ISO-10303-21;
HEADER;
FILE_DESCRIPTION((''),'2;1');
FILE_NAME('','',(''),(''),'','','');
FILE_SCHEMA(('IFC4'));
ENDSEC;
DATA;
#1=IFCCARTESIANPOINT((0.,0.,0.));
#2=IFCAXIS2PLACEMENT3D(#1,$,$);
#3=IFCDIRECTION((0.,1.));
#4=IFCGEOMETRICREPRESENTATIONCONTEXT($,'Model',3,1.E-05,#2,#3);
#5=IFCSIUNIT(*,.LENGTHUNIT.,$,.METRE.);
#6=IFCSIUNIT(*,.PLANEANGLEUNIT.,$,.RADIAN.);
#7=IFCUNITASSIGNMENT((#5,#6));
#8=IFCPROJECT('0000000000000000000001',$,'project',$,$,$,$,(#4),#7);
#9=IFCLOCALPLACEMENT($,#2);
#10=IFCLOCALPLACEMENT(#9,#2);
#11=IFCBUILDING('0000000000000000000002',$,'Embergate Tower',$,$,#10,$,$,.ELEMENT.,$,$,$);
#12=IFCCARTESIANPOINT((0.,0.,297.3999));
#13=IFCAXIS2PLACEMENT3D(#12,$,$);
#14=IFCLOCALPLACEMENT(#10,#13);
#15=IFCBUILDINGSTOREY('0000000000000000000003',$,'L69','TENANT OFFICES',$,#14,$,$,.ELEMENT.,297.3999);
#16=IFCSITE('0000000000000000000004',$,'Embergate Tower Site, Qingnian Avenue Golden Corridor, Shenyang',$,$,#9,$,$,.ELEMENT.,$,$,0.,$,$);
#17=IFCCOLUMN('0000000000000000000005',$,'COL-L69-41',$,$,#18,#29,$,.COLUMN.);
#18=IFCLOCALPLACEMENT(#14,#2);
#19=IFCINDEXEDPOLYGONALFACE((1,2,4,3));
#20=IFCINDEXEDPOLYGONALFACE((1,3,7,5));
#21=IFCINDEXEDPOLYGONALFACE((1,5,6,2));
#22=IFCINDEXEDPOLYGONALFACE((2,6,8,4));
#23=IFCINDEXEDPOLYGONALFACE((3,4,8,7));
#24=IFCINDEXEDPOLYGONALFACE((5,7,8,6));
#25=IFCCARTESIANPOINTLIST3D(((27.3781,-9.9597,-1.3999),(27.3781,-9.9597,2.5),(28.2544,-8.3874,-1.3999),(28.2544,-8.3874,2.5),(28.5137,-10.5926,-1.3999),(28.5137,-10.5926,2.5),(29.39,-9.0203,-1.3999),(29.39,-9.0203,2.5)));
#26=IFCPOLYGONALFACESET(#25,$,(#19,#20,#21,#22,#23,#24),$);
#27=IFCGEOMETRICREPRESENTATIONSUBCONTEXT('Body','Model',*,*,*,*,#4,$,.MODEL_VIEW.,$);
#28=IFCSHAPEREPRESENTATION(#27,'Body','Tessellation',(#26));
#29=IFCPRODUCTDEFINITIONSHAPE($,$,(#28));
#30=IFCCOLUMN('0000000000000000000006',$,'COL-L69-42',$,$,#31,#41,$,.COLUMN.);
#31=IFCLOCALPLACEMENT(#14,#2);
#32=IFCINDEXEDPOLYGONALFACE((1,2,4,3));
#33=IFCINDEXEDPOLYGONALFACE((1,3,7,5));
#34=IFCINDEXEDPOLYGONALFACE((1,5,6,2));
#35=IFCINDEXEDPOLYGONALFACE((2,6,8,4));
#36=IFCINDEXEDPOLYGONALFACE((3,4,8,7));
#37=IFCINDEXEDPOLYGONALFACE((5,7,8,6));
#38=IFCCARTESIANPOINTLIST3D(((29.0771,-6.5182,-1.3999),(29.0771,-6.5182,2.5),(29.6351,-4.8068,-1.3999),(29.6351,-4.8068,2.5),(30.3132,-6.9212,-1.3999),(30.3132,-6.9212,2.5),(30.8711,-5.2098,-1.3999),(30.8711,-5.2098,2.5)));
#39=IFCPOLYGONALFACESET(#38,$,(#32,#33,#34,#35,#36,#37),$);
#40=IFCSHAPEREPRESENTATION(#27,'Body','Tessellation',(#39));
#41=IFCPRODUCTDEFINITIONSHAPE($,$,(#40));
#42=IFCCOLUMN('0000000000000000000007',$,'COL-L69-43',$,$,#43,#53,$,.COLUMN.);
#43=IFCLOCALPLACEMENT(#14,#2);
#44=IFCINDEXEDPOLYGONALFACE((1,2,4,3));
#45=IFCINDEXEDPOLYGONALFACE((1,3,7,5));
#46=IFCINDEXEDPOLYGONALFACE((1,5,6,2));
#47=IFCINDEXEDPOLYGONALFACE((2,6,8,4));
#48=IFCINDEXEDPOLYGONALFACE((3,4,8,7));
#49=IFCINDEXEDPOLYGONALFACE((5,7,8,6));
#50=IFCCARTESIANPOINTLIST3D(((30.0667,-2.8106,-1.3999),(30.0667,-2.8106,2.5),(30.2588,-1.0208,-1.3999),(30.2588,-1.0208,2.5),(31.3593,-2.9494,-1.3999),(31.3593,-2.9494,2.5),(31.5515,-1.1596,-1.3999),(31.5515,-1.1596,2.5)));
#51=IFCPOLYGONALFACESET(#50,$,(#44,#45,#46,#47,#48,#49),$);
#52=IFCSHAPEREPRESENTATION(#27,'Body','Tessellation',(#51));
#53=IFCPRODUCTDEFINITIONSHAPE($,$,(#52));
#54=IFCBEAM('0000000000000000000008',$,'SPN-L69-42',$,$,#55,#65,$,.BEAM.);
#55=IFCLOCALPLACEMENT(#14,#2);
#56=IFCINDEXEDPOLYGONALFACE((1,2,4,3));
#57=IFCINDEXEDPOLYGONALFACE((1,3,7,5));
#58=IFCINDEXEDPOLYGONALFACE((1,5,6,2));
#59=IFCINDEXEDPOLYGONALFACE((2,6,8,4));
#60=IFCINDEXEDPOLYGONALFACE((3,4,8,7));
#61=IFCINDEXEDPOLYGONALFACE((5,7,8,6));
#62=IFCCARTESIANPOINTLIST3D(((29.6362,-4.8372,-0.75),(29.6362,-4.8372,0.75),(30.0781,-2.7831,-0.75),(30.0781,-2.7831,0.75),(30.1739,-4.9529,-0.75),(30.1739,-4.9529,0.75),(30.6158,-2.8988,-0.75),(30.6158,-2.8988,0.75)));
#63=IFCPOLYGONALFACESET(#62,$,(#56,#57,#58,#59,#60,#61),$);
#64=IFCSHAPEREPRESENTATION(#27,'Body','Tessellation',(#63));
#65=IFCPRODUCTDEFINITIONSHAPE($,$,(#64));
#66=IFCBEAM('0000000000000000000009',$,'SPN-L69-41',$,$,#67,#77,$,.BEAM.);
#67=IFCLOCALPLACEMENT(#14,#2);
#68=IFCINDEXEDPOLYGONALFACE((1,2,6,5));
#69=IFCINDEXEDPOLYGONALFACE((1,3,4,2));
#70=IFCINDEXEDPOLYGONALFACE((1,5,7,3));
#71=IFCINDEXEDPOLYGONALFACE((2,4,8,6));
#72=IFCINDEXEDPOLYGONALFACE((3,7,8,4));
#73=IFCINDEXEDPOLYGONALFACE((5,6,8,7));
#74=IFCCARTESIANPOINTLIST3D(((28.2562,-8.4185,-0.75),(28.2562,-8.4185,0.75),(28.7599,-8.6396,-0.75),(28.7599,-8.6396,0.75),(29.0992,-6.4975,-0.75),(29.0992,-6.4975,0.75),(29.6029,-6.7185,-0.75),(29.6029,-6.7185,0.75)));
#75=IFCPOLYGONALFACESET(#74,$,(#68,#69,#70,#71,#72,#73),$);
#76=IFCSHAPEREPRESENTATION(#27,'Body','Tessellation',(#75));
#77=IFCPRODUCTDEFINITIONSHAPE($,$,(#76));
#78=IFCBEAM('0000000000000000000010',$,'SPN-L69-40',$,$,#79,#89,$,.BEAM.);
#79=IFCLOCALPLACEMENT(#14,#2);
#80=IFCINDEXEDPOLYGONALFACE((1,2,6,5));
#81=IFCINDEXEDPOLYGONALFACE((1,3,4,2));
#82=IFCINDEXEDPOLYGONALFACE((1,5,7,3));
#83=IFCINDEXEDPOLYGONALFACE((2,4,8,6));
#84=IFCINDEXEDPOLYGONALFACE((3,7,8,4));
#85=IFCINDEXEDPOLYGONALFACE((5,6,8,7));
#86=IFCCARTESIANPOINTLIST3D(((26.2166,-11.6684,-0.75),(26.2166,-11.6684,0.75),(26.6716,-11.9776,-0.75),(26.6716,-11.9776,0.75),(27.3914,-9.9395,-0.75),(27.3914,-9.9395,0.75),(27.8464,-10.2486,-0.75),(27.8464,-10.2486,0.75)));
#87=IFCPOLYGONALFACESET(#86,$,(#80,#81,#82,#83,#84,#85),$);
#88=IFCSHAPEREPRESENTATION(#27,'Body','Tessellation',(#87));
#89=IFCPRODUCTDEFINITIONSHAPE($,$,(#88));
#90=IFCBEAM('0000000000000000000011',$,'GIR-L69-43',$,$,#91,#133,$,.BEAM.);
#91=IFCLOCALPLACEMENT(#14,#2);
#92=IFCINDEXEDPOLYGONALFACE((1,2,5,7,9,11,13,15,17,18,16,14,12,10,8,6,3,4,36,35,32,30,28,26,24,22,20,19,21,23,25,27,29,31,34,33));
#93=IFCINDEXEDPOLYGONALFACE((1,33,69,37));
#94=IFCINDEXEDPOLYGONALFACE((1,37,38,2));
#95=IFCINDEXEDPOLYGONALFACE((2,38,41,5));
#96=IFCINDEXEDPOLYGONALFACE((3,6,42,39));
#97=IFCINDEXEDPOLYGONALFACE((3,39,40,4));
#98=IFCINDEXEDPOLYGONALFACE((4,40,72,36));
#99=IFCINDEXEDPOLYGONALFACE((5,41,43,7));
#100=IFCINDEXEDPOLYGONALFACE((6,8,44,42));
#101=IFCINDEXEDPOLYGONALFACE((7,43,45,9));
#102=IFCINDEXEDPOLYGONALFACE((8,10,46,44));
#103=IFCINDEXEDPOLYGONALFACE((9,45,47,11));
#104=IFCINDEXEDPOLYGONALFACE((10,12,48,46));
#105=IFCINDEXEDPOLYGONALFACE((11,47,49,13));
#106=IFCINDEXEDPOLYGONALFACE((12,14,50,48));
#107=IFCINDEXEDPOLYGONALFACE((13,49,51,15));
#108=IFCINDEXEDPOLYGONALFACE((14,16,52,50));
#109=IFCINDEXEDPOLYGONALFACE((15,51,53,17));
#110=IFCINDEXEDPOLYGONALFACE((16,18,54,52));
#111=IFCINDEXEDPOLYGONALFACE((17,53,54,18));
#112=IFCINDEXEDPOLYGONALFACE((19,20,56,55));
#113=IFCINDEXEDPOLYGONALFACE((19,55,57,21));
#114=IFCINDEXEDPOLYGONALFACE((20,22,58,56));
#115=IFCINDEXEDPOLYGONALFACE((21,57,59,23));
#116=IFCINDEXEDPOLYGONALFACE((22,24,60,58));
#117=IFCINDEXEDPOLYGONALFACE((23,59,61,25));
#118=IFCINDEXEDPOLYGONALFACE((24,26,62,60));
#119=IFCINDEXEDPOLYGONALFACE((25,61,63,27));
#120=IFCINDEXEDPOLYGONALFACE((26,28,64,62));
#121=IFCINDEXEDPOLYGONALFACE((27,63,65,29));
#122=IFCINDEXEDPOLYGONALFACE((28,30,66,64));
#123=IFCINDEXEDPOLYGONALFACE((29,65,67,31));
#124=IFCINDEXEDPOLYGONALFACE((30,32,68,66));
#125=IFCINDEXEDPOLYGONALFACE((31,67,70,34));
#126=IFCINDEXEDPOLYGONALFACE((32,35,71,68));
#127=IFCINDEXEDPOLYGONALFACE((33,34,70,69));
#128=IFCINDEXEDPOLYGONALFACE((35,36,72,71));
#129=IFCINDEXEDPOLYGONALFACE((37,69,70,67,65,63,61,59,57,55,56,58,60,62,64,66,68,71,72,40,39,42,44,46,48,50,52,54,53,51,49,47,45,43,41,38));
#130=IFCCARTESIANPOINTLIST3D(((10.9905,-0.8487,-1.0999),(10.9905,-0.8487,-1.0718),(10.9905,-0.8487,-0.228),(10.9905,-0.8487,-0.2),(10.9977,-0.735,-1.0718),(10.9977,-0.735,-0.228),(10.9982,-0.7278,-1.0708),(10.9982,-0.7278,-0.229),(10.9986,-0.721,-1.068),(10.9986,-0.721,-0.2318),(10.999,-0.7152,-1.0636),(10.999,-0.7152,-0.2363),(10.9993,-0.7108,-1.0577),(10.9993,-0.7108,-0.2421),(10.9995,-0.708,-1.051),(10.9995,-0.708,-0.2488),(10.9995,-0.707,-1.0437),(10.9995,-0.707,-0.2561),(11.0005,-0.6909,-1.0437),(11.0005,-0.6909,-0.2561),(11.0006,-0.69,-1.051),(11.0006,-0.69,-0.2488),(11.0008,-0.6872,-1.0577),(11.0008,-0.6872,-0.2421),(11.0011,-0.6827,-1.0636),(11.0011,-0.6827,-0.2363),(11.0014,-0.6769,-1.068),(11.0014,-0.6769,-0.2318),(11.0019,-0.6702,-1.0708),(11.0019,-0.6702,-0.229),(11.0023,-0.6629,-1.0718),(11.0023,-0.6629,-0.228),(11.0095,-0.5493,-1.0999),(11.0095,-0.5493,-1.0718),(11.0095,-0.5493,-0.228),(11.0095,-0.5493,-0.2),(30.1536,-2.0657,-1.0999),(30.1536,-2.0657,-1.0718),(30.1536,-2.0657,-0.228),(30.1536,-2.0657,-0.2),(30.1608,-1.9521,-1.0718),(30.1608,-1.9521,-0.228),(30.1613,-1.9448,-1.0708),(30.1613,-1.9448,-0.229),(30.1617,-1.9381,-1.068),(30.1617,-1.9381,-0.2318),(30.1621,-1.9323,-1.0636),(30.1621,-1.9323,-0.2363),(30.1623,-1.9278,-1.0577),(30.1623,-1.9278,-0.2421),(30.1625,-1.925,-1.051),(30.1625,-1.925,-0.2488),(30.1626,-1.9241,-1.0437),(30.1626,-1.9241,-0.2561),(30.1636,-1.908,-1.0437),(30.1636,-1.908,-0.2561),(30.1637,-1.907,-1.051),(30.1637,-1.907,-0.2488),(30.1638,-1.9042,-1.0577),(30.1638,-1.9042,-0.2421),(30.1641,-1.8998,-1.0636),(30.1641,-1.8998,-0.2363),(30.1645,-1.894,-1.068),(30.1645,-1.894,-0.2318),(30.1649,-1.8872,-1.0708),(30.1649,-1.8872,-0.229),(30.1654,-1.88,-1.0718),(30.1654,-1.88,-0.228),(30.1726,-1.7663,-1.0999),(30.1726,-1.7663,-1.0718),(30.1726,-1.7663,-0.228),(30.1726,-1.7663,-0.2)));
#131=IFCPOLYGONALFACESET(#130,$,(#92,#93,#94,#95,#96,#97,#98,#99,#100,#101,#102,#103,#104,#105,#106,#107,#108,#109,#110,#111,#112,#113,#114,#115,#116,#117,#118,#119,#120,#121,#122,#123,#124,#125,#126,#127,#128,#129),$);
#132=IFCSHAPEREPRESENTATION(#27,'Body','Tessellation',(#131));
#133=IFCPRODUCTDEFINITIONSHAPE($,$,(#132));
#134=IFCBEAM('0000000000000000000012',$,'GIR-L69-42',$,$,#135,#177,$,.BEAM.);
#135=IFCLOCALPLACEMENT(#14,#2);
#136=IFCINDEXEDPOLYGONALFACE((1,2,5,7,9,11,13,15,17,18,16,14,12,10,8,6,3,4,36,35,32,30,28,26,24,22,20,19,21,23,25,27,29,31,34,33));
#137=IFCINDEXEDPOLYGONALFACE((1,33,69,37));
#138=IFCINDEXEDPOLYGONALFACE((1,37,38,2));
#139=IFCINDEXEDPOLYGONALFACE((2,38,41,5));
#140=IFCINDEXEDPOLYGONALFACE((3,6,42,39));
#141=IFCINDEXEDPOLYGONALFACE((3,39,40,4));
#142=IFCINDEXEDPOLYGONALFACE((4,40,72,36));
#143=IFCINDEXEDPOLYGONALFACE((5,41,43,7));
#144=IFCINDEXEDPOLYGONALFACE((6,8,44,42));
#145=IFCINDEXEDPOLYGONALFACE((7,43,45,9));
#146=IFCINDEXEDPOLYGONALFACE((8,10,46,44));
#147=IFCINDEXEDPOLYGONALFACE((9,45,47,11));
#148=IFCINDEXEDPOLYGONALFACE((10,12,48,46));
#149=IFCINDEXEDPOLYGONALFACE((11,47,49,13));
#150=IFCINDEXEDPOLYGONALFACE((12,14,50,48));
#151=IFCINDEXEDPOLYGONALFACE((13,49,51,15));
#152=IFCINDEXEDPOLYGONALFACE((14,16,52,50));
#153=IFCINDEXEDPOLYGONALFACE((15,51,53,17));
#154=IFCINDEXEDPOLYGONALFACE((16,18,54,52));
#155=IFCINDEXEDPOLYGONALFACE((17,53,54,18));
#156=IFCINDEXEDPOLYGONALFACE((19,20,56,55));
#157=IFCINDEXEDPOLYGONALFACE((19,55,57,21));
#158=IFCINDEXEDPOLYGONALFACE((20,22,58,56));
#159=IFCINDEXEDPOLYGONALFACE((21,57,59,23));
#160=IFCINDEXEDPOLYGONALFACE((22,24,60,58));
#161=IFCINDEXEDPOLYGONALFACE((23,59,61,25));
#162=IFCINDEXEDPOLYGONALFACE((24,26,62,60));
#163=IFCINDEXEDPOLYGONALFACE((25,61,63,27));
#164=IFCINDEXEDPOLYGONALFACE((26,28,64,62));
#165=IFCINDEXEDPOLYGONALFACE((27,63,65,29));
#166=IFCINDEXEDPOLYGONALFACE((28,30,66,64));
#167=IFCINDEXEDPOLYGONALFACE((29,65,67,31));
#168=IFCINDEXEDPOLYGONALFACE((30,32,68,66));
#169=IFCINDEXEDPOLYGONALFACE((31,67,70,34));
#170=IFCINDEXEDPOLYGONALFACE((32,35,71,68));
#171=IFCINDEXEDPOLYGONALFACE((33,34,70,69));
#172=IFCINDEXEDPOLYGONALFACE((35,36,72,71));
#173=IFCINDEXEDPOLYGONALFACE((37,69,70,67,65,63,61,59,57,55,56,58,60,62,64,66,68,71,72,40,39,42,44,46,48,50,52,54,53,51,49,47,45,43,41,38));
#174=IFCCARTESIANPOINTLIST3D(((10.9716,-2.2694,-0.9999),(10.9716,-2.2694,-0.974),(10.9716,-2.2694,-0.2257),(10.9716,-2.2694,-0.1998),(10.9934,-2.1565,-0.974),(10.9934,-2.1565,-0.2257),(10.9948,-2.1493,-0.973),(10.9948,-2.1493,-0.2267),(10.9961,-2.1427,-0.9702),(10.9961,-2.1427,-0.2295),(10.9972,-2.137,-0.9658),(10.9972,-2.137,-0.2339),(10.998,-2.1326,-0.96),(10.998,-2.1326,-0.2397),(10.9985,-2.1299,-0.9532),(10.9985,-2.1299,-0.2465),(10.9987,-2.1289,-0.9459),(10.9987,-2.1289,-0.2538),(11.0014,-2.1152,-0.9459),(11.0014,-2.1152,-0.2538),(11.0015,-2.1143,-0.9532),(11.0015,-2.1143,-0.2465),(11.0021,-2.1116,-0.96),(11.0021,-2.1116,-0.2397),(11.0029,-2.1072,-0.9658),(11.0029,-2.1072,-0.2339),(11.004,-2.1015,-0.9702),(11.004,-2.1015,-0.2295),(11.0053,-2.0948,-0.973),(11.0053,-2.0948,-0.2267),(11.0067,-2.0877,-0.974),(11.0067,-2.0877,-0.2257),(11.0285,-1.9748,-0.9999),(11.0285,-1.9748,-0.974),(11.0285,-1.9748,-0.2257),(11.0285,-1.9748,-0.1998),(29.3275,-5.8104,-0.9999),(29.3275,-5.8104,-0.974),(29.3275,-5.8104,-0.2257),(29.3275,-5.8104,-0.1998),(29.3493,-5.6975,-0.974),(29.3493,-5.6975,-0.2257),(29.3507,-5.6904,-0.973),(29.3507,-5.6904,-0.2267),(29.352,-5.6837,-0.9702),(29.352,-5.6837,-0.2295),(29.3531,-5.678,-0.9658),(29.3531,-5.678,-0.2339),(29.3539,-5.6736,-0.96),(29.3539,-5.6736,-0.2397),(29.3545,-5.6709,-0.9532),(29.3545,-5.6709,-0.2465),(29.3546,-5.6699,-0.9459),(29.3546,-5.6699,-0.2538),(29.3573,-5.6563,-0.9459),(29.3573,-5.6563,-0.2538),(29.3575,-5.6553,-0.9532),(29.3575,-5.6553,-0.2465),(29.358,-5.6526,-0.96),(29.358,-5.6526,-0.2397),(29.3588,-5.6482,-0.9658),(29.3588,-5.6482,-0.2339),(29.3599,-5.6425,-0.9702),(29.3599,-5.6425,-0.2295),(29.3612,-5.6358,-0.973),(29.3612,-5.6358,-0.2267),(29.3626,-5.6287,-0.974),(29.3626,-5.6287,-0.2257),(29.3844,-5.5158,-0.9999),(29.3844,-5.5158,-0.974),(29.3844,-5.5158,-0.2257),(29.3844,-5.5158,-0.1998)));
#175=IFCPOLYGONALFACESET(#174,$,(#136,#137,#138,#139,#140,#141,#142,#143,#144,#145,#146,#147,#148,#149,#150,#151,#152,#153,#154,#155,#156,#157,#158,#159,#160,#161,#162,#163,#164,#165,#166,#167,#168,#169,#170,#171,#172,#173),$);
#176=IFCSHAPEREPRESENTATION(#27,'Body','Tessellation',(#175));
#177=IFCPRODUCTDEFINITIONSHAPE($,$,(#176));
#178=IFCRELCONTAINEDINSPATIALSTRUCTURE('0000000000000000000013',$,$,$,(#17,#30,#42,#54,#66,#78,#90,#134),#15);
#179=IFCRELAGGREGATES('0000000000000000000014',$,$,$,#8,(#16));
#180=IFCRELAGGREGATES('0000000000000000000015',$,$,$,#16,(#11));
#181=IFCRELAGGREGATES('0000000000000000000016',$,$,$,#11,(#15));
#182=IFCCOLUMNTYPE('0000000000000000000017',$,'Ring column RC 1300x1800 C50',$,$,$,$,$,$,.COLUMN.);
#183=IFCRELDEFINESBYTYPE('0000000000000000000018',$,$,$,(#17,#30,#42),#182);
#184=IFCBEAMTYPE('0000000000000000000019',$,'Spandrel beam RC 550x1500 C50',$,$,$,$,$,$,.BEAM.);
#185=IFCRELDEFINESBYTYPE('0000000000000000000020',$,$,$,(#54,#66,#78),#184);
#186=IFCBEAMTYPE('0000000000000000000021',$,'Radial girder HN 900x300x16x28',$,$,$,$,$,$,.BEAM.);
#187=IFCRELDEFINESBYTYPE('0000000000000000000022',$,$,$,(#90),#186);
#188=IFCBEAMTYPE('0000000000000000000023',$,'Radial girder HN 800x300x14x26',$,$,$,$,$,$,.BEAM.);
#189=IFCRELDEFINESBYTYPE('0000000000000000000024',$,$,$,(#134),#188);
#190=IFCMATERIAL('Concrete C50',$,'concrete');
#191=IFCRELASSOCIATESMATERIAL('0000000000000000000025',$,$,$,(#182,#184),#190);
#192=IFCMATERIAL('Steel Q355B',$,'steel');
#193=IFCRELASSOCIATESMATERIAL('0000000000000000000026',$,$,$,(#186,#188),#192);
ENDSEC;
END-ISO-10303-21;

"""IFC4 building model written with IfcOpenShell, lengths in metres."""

from ifc_helpers import new_model, si_unit, direction, frame, origin, origin_2d, place, context, subcontext, project, spatial, rectangle, i_section, extrude, source, transform, mapped, material, material_profile, profile_set, type_object, element, save


model = new_model("IFC4")

# Units and contexts
model_context = context("Model", 3, precision=1e-05, world=origin(), true_north=direction((0.0, 1.0)))
body_context = subcontext(model_context, "Body", "Model", "MODEL_VIEW")
ifc_project = project(units=[si_unit("LENGTHUNIT", "METRE"), si_unit("PLANEANGLEUNIT", "RADIAN")], contexts=[model_context])

# Site, building, storey
site_placement = place(None, origin())
site = spatial("IfcSite", under=ifc_project, at=site_placement, Name="Embergate Tower Site, Qingnian Avenue Golden Corridor, Shenyang", CompositionType="ELEMENT", RefElevation=0.0)
building_placement = place(site_placement, origin())
building = spatial("IfcBuilding", under=site, at=building_placement, Name="Embergate Tower", CompositionType="ELEMENT")
storey_placement = place(building_placement, frame((0.0, 0.0, 297.3999)))
storey = spatial("IfcBuildingStorey", under=building, at=storey_placement, Name="L69", Description="TENANT OFFICES", CompositionType="ELEMENT", Elevation=297.3999)

# Columns
ifc_material_1 = material(Name="Concrete C50", Category="concrete")
ifc_material_profile_1 = material_profile(ifc_material_1, rectangle(XDim=1.3, YDim=1.8, at=origin_2d()), Name="RC 1300x1800")
ifc_profile_set_1 = profile_set([ifc_material_profile_1], Name="Concrete C50")
column_type = type_object("IfcColumnType", Name="Ring column RC 1300x1800 C50", PredefinedType="COLUMN", material=ifc_profile_set_1)
shared_shape_1 = source(origin(), body_context, "Body", "SweptSolid", [
    extrude(rectangle(XDim=1.3, YDim=1.8, at=origin_2d()), origin(), (0.0, 0.0, 1.0), 3.8999),
])
for number, where, z_axis, x_axis, name in (
    (1, (28.384, -9.49, -1.3999), (0.0, 0.0, 1.0), (0.8735, -0.486823, 0.0), "COL-L69-41"),
    (2, (29.9741, -5.864, -1.3999), (0.0, 0.0, 1.0), (0.950754, -0.309946, 0.0), "COL-L69-42"),
    (3, (30.8091, -1.9851, -1.3999), (0.0, 0.0, 1.0), (0.994286, -0.10675, 0.0), "COL-L69-43"),
):
    element("IfcColumn", number, at=place(storey_placement, frame(where, z_axis=z_axis, x_axis=x_axis)), inside=storey, type_object=column_type, Name=name, PredefinedType="COLUMN", context=body_context, shape_type="MappedRepresentation", body=[
        mapped(shared_shape_1, transform((0.0, 0.0, 0.0))),
    ])

# Beams
ifc_material_profile_2 = material_profile(ifc_material_1, rectangle(XDim=0.55, YDim=1.5, at=origin_2d()), Name="RC 550x1500")
ifc_profile_set_2 = profile_set([ifc_material_profile_2], Name="Concrete C50")
beam_type_1 = type_object("IfcBeamType", Name="Spandrel beam RC 550x1500 C50", PredefinedType="BEAM", material=ifc_profile_set_2)
shared_shape_2 = source(origin(), body_context, "Body", "SweptSolid", [
    extrude(rectangle(XDim=0.55, YDim=1.5, at=origin_2d()), origin(), (0.0, 0.0, 1.0), 2.1011),
])
beam_1_placement = place(storey_placement, frame((29.905, -4.895, 0.0), z_axis=(0.210331, 0.97763, 0.0), x_axis=(-0.97763, 0.210331, 0.0)))
element("IfcBeam", 4, at=beam_1_placement, inside=storey, type_object=beam_type_1, Name="SPN-L69-42", PredefinedType="BEAM", context=body_context, shape_type="MappedRepresentation", body=[
    mapped(shared_shape_2, transform((0.0, 0.0, 0.0))),
])
shared_shape_3 = source(origin(), body_context, "Body", "SweptSolid", [
    extrude(rectangle(XDim=0.55, YDim=1.5, at=origin_2d()), origin(), (0.0, 0.0, 1.0), 2.0979),
])
beam_2_placement = place(storey_placement, frame((28.5081, -8.5291, 0.0), z_axis=(0.401826, 0.915716, 0.0), x_axis=(-0.915716, 0.401826, 0.0)))
element("IfcBeam", 5, at=beam_2_placement, inside=storey, type_object=beam_type_1, Name="SPN-L69-41", PredefinedType="BEAM", context=body_context, shape_type="MappedRepresentation", body=[
    mapped(shared_shape_3, transform((0.0, 0.0, 0.0))),
])
shared_shape_4 = source(origin(), body_context, "Body", "SweptSolid", [
    extrude(rectangle(XDim=0.55, YDim=1.5, at=origin_2d()), origin(), (0.0, 0.0, 1.0), 2.0903),
])
beam_3_placement = place(storey_placement, frame((26.4441, -11.823, 0.0), z_axis=(0.56201, 0.827131, 0.0), x_axis=(-0.827131, 0.56201, 0.0)))
element("IfcBeam", 6, at=beam_3_placement, inside=storey, type_object=beam_type_1, Name="SPN-L69-40", PredefinedType="BEAM", context=body_context, shape_type="MappedRepresentation", body=[
    mapped(shared_shape_4, transform((0.0, 0.0, 0.0))),
])
ifc_material_2 = material(Name="Steel Q355B", Category="steel")
ifc_material_profile_3 = material_profile(ifc_material_2, i_section(OverallWidth=0.3, OverallDepth=0.8999, WebThickness=0.0161, FlangeThickness=0.0281, FilletRadius=0.0281, at=origin_2d()), Name="HN 900x300x16x28")
ifc_profile_set_3 = profile_set([ifc_material_profile_3], Name="Steel Q355 grade B")
beam_type_2 = type_object("IfcBeamType", Name="Radial girder HN 900x300x16x28", PredefinedType="BEAM", material=ifc_profile_set_3)
shared_shape_5 = source(origin(), body_context, "Body", "SweptSolid", [
    extrude(i_section(OverallWidth=0.3, OverallDepth=0.8999, WebThickness=0.0161, FlangeThickness=0.0281, FilletRadius=0.0281, at=origin_2d()), origin(), (0.0, 0.0, 1.0), 19.2017),
])
beam_4_placement = place(storey_placement, frame((30.1631, -1.916, -0.6499), z_axis=(-0.997989, 0.063382, 0.0), x_axis=(-0.063382, -0.997989, 0.0)))
element("IfcBeam", 7, at=beam_4_placement, inside=storey, type_object=beam_type_2, Name="GIR-L69-43", PredefinedType="BEAM", context=body_context, shape_type="MappedRepresentation", body=[
    mapped(shared_shape_5, transform((0.0, 0.0, 0.0))),
])
ifc_material_profile_4 = material_profile(ifc_material_2, i_section(OverallWidth=0.3, OverallDepth=0.8, WebThickness=0.0139, FlangeThickness=0.0259, FilletRadius=0.0281, at=origin_2d()), Name="HN 800x300x14x26")
ifc_profile_set_4 = profile_set([ifc_material_profile_4], Name="Steel Q355 grade B")
beam_type_3 = type_object("IfcBeamType", Name="Radial girder HN 800x300x14x26", PredefinedType="BEAM", material=ifc_profile_set_4)
shared_shape_6 = source(origin(), body_context, "Body", "SweptSolid", [
    extrude(i_section(OverallWidth=0.3, OverallDepth=0.8, WebThickness=0.0139, FlangeThickness=0.0259, FilletRadius=0.0281, at=origin_2d()), origin(), (0.0, 0.0, 1.0), 18.6943),
])
beam_5_placement = place(storey_placement, frame((29.356, -5.6631, -0.5999), z_axis=(-0.981897, 0.189416, 0.0), x_axis=(-0.189416, -0.981897, 0.0)))
element("IfcBeam", 8, at=beam_5_placement, inside=storey, type_object=beam_type_3, Name="GIR-L69-42", PredefinedType="BEAM", context=body_context, shape_type="MappedRepresentation", body=[
    mapped(shared_shape_6, transform((0.0, 0.0, 0.0))),
])

save(model, "model.ifc")
